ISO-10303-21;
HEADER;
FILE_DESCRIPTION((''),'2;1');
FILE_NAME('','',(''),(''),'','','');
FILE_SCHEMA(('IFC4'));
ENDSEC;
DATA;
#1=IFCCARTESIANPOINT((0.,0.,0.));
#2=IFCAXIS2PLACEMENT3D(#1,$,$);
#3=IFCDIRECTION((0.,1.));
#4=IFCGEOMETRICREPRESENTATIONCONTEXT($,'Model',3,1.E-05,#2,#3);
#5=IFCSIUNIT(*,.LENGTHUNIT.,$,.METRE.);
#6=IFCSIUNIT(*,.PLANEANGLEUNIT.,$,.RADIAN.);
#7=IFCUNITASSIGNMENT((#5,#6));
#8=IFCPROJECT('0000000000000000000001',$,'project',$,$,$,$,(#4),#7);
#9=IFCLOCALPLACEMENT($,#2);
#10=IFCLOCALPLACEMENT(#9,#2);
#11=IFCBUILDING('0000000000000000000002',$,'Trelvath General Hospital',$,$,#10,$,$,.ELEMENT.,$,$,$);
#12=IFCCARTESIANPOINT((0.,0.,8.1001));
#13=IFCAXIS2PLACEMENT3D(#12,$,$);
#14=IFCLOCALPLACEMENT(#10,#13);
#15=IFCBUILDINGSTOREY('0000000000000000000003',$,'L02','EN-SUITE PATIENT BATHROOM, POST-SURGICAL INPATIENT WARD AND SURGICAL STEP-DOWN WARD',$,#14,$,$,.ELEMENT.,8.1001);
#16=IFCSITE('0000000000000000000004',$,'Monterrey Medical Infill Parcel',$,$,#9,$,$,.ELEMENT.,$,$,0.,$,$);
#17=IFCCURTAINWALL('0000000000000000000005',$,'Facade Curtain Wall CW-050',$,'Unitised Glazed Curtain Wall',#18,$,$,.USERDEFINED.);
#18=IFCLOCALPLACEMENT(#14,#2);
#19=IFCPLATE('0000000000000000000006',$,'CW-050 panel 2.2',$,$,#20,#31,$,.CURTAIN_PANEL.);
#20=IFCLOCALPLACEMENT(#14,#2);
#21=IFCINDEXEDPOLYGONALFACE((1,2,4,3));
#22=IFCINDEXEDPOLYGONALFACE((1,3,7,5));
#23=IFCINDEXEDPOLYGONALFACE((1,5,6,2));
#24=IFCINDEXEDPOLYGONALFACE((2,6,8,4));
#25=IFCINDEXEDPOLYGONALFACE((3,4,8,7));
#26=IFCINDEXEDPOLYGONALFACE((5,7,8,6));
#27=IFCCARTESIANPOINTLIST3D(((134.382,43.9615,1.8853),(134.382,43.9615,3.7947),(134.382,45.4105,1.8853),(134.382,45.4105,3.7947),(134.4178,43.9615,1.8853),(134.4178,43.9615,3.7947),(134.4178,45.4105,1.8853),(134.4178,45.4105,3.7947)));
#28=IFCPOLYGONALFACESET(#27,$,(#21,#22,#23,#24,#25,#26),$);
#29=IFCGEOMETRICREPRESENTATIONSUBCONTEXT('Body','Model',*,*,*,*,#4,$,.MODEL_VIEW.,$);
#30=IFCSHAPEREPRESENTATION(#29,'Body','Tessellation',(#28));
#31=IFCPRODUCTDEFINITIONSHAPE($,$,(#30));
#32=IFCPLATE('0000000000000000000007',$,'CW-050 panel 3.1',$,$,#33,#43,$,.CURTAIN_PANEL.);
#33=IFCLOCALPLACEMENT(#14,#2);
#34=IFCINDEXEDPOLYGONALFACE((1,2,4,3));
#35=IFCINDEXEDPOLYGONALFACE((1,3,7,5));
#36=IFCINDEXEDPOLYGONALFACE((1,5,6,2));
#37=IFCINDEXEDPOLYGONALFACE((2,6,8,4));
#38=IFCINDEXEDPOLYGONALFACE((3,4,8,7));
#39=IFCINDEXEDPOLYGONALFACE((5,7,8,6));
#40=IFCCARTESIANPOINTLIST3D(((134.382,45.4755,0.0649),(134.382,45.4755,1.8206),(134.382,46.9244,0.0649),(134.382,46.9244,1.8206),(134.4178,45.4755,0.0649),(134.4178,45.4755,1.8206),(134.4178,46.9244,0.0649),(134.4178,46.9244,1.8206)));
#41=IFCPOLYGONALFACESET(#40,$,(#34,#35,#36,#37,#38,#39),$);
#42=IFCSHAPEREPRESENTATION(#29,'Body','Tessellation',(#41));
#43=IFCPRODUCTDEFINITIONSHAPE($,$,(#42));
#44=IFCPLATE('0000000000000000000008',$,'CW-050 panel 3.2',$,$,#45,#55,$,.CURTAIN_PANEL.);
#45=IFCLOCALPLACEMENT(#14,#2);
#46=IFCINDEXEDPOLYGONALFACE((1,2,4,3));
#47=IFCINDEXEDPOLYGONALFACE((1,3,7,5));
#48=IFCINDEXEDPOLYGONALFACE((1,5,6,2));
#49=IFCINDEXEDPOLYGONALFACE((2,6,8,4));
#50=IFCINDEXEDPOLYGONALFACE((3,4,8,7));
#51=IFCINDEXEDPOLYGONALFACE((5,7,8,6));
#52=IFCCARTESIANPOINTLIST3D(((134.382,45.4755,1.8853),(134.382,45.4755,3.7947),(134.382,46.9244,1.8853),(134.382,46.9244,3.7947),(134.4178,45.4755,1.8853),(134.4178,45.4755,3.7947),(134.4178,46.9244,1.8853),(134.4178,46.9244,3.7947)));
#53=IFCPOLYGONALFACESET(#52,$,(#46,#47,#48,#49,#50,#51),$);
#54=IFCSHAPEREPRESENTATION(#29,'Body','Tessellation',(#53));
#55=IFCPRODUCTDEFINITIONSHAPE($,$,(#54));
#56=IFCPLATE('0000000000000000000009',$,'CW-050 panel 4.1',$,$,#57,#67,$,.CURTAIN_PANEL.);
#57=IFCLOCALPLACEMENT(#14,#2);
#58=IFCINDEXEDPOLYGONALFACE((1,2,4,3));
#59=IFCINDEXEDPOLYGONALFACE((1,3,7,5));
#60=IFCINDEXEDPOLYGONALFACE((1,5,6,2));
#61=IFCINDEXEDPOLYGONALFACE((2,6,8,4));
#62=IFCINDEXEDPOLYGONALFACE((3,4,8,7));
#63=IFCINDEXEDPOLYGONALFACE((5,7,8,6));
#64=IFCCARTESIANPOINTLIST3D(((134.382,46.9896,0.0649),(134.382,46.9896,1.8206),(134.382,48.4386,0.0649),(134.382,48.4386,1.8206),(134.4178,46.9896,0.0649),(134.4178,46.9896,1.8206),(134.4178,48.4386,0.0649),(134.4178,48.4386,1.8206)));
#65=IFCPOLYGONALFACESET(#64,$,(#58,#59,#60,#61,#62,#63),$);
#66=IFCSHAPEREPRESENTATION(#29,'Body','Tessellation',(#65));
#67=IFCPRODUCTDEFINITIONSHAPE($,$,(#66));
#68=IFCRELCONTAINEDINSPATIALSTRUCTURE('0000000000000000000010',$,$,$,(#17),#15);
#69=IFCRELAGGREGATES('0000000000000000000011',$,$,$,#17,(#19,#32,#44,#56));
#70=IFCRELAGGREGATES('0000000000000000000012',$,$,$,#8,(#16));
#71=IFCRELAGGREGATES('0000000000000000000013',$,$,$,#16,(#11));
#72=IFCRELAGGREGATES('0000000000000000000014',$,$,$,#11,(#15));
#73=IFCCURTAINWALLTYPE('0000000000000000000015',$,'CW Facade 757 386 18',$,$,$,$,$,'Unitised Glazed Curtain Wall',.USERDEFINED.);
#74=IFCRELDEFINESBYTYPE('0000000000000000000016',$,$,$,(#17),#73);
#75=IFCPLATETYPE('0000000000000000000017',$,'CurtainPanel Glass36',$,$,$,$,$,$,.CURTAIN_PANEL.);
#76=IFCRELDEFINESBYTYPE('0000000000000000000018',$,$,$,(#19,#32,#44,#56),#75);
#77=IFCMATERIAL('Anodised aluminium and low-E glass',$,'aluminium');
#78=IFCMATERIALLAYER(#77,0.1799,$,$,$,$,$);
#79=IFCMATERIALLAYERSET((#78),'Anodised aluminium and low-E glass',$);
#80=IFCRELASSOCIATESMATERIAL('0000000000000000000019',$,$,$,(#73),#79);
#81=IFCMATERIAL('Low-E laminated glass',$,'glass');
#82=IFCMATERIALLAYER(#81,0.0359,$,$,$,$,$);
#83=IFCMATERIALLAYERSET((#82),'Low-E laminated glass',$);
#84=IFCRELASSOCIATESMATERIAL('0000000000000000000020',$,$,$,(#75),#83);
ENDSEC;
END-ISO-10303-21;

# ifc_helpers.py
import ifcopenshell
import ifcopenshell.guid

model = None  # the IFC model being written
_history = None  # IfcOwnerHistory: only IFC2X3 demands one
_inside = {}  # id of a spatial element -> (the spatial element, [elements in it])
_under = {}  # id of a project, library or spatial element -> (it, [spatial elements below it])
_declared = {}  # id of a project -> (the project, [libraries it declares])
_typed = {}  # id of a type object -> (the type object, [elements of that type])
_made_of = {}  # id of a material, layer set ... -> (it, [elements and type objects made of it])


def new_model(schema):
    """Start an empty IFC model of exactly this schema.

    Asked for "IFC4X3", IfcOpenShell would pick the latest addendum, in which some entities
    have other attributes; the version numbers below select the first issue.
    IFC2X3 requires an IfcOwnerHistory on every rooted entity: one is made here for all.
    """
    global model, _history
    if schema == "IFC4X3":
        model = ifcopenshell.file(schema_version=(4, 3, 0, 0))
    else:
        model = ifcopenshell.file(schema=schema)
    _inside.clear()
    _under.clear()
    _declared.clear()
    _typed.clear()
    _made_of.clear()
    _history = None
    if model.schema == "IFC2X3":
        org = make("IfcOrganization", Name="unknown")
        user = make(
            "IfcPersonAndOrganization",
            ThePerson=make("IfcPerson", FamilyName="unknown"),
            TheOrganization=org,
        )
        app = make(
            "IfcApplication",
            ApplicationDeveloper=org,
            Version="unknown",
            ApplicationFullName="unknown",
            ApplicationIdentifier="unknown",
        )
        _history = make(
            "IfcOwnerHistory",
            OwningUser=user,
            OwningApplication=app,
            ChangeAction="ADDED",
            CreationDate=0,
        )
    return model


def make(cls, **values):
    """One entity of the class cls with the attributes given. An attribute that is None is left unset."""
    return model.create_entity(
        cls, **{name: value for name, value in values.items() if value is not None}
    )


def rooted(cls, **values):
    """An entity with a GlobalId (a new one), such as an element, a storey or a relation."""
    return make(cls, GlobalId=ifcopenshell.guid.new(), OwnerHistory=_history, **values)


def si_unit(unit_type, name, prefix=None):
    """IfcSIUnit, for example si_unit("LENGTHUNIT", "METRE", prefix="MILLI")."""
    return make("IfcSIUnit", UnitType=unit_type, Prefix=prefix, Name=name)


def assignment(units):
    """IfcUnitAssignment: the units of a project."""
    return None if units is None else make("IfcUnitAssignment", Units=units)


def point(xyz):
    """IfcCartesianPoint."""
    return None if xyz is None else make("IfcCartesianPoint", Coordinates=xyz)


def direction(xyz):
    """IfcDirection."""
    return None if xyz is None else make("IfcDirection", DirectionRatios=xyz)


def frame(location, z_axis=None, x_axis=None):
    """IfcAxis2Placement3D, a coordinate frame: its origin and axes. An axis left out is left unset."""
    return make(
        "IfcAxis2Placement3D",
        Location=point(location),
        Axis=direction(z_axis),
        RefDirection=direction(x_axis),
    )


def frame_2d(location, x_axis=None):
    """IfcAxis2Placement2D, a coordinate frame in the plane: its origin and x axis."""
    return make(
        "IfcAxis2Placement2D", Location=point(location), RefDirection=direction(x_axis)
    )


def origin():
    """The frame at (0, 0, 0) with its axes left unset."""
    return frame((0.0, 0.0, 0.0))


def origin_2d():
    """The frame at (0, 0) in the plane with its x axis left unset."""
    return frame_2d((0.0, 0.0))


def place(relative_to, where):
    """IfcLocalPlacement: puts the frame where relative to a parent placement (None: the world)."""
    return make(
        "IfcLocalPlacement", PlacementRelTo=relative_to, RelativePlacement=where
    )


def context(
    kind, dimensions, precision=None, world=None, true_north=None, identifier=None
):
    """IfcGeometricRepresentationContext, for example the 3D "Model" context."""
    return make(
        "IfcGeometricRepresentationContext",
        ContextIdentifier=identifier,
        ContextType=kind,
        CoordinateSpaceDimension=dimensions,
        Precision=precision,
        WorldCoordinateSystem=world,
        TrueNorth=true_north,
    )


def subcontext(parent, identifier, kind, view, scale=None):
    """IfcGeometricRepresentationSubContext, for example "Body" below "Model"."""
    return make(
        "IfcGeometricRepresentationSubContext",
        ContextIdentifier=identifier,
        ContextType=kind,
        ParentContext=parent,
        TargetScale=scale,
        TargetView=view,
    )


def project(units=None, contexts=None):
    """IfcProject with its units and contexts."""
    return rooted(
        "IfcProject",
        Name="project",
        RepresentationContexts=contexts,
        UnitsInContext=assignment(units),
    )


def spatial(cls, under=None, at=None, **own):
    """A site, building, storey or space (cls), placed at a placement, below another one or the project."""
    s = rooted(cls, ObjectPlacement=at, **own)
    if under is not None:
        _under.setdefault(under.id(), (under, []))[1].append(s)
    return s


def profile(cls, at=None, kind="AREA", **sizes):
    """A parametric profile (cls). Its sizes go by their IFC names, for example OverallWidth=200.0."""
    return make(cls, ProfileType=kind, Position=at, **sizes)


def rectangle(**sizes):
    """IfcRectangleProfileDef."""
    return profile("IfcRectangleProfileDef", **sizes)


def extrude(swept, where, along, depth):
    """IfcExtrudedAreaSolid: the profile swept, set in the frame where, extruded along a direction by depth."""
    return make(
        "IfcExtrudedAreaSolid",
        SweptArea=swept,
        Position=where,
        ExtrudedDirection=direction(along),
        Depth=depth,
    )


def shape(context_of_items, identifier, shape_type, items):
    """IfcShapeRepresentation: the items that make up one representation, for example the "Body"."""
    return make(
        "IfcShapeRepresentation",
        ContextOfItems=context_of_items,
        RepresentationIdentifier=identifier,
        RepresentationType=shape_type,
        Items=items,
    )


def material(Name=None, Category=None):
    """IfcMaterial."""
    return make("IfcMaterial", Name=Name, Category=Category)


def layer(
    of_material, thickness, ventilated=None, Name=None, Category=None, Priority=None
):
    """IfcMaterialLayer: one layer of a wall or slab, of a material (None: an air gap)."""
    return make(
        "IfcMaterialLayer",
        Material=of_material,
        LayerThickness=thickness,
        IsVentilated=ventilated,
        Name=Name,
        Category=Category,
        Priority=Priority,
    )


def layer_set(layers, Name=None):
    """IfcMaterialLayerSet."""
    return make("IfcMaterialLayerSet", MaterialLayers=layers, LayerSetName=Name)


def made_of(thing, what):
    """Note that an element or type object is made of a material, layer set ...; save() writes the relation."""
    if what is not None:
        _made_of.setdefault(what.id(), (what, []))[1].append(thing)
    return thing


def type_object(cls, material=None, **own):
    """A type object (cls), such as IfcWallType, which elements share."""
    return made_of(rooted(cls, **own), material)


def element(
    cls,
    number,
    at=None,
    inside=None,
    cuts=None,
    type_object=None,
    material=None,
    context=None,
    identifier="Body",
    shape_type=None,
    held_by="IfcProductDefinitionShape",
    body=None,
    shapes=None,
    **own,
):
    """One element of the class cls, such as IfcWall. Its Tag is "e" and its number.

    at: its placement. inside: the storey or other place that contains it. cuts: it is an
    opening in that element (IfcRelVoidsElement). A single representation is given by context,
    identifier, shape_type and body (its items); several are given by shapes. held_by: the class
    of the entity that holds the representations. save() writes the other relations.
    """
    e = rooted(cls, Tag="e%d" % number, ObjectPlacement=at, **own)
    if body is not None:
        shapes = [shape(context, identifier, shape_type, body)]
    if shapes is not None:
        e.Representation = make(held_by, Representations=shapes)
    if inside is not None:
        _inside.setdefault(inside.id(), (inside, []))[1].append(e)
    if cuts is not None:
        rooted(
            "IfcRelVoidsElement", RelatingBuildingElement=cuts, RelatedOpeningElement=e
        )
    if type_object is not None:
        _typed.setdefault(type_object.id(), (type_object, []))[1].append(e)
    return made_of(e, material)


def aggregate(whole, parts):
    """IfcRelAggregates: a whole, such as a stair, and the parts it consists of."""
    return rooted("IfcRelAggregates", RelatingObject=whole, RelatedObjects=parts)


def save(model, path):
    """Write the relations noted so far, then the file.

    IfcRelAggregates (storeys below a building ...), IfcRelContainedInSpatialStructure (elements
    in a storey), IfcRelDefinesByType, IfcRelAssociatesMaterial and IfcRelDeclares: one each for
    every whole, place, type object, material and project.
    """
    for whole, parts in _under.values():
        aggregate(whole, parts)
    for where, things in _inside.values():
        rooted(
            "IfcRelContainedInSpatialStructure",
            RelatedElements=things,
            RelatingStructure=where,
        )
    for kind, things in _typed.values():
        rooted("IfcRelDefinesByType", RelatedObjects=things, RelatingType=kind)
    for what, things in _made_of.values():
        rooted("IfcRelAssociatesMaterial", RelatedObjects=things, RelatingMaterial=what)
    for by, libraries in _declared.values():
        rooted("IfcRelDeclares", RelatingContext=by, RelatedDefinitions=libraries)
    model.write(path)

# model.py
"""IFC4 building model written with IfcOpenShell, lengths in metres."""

from ifc_helpers import new_model, si_unit, direction, frame, origin, origin_2d, place, context, subcontext, project, spatial, rectangle, extrude, material, layer, layer_set, type_object, element, aggregate, save


model = new_model("IFC4")

# Units and contexts
model_context = context("Model", 3, precision=1e-05, world=origin(), true_north=direction((0.0, 1.0)))
body_context = subcontext(model_context, "Body", "Model", "MODEL_VIEW")
ifc_project = project(units=[si_unit("LENGTHUNIT", "METRE"), si_unit("PLANEANGLEUNIT", "RADIAN")], contexts=[model_context])

# Site, building, storey
site_placement = place(None, origin())
site = spatial("IfcSite", under=ifc_project, at=site_placement, Name="Monterrey Medical Infill Parcel", CompositionType="ELEMENT", RefElevation=0.0)
building_placement = place(site_placement, origin())
building = spatial("IfcBuilding", under=site, at=building_placement, Name="Trelvath General Hospital", CompositionType="ELEMENT")
storey_placement = place(building_placement, frame((0.0, 0.0, 8.1001)))
storey = spatial("IfcBuildingStorey", under=building, at=storey_placement, Name="L02", Description="EN-SUITE PATIENT BATHROOM, POST-SURGICAL INPATIENT WARD AND SURGICAL STEP-DOWN WARD", CompositionType="ELEMENT", Elevation=8.1001)

# Shared definitions
ifc_material_1 = material(Name="Anodised aluminium and low-E glass", Category="aluminium")
ifc_layer_1 = layer(ifc_material_1, 0.1799)
ifc_layer_set_1 = layer_set([ifc_layer_1], Name="Anodised aluminium and low-E glass")
curtain_wall_type = type_object("IfcCurtainWallType", Name="CW Facade 757 386 18", ElementType="Unitised Glazed Curtain Wall", PredefinedType="USERDEFINED", material=ifc_layer_set_1)

# Curtain wall
curtain_wall_1_placement = place(storey_placement, origin())
curtain_wall_1 = element("IfcCurtainWall", 1, at=curtain_wall_1_placement, inside=storey, type_object=curtain_wall_type, Name="Facade Curtain Wall CW-050", ObjectType="Unitised Glazed Curtain Wall", PredefinedType="USERDEFINED")

# Plates
ifc_material_2 = material(Name="Low-E laminated glass", Category="glass")
ifc_layer_2 = layer(ifc_material_2, 0.0359)
ifc_layer_set_2 = layer_set([ifc_layer_2], Name="Low-E laminated glass")
plate_type = type_object("IfcPlateType", Name="CurtainPanel Glass36", PredefinedType="CURTAIN_PANEL", material=ifc_layer_set_2)
plate_1_placement = place(storey_placement, frame((134.3999, 44.686, 1.8853), z_axis=(0.0, 0.0, 1.0), x_axis=(0.0, 1.0, 0.0)))
plate_1 = element("IfcPlate", 2, at=plate_1_placement, type_object=plate_type, Name="CW-050 panel 2.2", PredefinedType="CURTAIN_PANEL", context=body_context, shape_type="SweptSolid", body=[
    extrude(rectangle(XDim=1.449, YDim=0.0359, at=origin_2d()), origin(), (0.0, 0.0, 1.0), 1.9094),
])
plate_2_placement = place(storey_placement, frame((134.3999, 46.2, 0.0649), z_axis=(0.0, 0.0, 1.0), x_axis=(0.0, 1.0, 0.0)))
plate_2 = element("IfcPlate", 3, at=plate_2_placement, type_object=plate_type, Name="CW-050 panel 3.1", PredefinedType="CURTAIN_PANEL", context=body_context, shape_type="SweptSolid", body=[
    extrude(rectangle(XDim=1.449, YDim=0.0359, at=origin_2d()), origin(), (0.0, 0.0, 1.0), 1.7556),
])
plate_3_placement = place(storey_placement, frame((134.3999, 46.2, 1.8853), z_axis=(0.0, 0.0, 1.0), x_axis=(0.0, 1.0, 0.0)))
plate_3 = element("IfcPlate", 4, at=plate_3_placement, type_object=plate_type, Name="CW-050 panel 3.2", PredefinedType="CURTAIN_PANEL", context=body_context, shape_type="SweptSolid", body=[
    extrude(rectangle(XDim=1.449, YDim=0.0359, at=origin_2d()), origin(), (0.0, 0.0, 1.0), 1.9094),
])
plate_4_placement = place(storey_placement, frame((134.3999, 47.7141, 0.0649), z_axis=(0.0, 0.0, 1.0), x_axis=(0.0, 1.0, 0.0)))
plate_4 = element("IfcPlate", 5, at=plate_4_placement, type_object=plate_type, Name="CW-050 panel 4.1", PredefinedType="CURTAIN_PANEL", context=body_context, shape_type="SweptSolid", body=[
    extrude(rectangle(XDim=1.449, YDim=0.0359, at=origin_2d()), origin(), (0.0, 0.0, 1.0), 1.7556),
])
aggregate(curtain_wall_1, [plate_1, plate_2, plate_3, plate_4])

save(model, "model.ifc")
